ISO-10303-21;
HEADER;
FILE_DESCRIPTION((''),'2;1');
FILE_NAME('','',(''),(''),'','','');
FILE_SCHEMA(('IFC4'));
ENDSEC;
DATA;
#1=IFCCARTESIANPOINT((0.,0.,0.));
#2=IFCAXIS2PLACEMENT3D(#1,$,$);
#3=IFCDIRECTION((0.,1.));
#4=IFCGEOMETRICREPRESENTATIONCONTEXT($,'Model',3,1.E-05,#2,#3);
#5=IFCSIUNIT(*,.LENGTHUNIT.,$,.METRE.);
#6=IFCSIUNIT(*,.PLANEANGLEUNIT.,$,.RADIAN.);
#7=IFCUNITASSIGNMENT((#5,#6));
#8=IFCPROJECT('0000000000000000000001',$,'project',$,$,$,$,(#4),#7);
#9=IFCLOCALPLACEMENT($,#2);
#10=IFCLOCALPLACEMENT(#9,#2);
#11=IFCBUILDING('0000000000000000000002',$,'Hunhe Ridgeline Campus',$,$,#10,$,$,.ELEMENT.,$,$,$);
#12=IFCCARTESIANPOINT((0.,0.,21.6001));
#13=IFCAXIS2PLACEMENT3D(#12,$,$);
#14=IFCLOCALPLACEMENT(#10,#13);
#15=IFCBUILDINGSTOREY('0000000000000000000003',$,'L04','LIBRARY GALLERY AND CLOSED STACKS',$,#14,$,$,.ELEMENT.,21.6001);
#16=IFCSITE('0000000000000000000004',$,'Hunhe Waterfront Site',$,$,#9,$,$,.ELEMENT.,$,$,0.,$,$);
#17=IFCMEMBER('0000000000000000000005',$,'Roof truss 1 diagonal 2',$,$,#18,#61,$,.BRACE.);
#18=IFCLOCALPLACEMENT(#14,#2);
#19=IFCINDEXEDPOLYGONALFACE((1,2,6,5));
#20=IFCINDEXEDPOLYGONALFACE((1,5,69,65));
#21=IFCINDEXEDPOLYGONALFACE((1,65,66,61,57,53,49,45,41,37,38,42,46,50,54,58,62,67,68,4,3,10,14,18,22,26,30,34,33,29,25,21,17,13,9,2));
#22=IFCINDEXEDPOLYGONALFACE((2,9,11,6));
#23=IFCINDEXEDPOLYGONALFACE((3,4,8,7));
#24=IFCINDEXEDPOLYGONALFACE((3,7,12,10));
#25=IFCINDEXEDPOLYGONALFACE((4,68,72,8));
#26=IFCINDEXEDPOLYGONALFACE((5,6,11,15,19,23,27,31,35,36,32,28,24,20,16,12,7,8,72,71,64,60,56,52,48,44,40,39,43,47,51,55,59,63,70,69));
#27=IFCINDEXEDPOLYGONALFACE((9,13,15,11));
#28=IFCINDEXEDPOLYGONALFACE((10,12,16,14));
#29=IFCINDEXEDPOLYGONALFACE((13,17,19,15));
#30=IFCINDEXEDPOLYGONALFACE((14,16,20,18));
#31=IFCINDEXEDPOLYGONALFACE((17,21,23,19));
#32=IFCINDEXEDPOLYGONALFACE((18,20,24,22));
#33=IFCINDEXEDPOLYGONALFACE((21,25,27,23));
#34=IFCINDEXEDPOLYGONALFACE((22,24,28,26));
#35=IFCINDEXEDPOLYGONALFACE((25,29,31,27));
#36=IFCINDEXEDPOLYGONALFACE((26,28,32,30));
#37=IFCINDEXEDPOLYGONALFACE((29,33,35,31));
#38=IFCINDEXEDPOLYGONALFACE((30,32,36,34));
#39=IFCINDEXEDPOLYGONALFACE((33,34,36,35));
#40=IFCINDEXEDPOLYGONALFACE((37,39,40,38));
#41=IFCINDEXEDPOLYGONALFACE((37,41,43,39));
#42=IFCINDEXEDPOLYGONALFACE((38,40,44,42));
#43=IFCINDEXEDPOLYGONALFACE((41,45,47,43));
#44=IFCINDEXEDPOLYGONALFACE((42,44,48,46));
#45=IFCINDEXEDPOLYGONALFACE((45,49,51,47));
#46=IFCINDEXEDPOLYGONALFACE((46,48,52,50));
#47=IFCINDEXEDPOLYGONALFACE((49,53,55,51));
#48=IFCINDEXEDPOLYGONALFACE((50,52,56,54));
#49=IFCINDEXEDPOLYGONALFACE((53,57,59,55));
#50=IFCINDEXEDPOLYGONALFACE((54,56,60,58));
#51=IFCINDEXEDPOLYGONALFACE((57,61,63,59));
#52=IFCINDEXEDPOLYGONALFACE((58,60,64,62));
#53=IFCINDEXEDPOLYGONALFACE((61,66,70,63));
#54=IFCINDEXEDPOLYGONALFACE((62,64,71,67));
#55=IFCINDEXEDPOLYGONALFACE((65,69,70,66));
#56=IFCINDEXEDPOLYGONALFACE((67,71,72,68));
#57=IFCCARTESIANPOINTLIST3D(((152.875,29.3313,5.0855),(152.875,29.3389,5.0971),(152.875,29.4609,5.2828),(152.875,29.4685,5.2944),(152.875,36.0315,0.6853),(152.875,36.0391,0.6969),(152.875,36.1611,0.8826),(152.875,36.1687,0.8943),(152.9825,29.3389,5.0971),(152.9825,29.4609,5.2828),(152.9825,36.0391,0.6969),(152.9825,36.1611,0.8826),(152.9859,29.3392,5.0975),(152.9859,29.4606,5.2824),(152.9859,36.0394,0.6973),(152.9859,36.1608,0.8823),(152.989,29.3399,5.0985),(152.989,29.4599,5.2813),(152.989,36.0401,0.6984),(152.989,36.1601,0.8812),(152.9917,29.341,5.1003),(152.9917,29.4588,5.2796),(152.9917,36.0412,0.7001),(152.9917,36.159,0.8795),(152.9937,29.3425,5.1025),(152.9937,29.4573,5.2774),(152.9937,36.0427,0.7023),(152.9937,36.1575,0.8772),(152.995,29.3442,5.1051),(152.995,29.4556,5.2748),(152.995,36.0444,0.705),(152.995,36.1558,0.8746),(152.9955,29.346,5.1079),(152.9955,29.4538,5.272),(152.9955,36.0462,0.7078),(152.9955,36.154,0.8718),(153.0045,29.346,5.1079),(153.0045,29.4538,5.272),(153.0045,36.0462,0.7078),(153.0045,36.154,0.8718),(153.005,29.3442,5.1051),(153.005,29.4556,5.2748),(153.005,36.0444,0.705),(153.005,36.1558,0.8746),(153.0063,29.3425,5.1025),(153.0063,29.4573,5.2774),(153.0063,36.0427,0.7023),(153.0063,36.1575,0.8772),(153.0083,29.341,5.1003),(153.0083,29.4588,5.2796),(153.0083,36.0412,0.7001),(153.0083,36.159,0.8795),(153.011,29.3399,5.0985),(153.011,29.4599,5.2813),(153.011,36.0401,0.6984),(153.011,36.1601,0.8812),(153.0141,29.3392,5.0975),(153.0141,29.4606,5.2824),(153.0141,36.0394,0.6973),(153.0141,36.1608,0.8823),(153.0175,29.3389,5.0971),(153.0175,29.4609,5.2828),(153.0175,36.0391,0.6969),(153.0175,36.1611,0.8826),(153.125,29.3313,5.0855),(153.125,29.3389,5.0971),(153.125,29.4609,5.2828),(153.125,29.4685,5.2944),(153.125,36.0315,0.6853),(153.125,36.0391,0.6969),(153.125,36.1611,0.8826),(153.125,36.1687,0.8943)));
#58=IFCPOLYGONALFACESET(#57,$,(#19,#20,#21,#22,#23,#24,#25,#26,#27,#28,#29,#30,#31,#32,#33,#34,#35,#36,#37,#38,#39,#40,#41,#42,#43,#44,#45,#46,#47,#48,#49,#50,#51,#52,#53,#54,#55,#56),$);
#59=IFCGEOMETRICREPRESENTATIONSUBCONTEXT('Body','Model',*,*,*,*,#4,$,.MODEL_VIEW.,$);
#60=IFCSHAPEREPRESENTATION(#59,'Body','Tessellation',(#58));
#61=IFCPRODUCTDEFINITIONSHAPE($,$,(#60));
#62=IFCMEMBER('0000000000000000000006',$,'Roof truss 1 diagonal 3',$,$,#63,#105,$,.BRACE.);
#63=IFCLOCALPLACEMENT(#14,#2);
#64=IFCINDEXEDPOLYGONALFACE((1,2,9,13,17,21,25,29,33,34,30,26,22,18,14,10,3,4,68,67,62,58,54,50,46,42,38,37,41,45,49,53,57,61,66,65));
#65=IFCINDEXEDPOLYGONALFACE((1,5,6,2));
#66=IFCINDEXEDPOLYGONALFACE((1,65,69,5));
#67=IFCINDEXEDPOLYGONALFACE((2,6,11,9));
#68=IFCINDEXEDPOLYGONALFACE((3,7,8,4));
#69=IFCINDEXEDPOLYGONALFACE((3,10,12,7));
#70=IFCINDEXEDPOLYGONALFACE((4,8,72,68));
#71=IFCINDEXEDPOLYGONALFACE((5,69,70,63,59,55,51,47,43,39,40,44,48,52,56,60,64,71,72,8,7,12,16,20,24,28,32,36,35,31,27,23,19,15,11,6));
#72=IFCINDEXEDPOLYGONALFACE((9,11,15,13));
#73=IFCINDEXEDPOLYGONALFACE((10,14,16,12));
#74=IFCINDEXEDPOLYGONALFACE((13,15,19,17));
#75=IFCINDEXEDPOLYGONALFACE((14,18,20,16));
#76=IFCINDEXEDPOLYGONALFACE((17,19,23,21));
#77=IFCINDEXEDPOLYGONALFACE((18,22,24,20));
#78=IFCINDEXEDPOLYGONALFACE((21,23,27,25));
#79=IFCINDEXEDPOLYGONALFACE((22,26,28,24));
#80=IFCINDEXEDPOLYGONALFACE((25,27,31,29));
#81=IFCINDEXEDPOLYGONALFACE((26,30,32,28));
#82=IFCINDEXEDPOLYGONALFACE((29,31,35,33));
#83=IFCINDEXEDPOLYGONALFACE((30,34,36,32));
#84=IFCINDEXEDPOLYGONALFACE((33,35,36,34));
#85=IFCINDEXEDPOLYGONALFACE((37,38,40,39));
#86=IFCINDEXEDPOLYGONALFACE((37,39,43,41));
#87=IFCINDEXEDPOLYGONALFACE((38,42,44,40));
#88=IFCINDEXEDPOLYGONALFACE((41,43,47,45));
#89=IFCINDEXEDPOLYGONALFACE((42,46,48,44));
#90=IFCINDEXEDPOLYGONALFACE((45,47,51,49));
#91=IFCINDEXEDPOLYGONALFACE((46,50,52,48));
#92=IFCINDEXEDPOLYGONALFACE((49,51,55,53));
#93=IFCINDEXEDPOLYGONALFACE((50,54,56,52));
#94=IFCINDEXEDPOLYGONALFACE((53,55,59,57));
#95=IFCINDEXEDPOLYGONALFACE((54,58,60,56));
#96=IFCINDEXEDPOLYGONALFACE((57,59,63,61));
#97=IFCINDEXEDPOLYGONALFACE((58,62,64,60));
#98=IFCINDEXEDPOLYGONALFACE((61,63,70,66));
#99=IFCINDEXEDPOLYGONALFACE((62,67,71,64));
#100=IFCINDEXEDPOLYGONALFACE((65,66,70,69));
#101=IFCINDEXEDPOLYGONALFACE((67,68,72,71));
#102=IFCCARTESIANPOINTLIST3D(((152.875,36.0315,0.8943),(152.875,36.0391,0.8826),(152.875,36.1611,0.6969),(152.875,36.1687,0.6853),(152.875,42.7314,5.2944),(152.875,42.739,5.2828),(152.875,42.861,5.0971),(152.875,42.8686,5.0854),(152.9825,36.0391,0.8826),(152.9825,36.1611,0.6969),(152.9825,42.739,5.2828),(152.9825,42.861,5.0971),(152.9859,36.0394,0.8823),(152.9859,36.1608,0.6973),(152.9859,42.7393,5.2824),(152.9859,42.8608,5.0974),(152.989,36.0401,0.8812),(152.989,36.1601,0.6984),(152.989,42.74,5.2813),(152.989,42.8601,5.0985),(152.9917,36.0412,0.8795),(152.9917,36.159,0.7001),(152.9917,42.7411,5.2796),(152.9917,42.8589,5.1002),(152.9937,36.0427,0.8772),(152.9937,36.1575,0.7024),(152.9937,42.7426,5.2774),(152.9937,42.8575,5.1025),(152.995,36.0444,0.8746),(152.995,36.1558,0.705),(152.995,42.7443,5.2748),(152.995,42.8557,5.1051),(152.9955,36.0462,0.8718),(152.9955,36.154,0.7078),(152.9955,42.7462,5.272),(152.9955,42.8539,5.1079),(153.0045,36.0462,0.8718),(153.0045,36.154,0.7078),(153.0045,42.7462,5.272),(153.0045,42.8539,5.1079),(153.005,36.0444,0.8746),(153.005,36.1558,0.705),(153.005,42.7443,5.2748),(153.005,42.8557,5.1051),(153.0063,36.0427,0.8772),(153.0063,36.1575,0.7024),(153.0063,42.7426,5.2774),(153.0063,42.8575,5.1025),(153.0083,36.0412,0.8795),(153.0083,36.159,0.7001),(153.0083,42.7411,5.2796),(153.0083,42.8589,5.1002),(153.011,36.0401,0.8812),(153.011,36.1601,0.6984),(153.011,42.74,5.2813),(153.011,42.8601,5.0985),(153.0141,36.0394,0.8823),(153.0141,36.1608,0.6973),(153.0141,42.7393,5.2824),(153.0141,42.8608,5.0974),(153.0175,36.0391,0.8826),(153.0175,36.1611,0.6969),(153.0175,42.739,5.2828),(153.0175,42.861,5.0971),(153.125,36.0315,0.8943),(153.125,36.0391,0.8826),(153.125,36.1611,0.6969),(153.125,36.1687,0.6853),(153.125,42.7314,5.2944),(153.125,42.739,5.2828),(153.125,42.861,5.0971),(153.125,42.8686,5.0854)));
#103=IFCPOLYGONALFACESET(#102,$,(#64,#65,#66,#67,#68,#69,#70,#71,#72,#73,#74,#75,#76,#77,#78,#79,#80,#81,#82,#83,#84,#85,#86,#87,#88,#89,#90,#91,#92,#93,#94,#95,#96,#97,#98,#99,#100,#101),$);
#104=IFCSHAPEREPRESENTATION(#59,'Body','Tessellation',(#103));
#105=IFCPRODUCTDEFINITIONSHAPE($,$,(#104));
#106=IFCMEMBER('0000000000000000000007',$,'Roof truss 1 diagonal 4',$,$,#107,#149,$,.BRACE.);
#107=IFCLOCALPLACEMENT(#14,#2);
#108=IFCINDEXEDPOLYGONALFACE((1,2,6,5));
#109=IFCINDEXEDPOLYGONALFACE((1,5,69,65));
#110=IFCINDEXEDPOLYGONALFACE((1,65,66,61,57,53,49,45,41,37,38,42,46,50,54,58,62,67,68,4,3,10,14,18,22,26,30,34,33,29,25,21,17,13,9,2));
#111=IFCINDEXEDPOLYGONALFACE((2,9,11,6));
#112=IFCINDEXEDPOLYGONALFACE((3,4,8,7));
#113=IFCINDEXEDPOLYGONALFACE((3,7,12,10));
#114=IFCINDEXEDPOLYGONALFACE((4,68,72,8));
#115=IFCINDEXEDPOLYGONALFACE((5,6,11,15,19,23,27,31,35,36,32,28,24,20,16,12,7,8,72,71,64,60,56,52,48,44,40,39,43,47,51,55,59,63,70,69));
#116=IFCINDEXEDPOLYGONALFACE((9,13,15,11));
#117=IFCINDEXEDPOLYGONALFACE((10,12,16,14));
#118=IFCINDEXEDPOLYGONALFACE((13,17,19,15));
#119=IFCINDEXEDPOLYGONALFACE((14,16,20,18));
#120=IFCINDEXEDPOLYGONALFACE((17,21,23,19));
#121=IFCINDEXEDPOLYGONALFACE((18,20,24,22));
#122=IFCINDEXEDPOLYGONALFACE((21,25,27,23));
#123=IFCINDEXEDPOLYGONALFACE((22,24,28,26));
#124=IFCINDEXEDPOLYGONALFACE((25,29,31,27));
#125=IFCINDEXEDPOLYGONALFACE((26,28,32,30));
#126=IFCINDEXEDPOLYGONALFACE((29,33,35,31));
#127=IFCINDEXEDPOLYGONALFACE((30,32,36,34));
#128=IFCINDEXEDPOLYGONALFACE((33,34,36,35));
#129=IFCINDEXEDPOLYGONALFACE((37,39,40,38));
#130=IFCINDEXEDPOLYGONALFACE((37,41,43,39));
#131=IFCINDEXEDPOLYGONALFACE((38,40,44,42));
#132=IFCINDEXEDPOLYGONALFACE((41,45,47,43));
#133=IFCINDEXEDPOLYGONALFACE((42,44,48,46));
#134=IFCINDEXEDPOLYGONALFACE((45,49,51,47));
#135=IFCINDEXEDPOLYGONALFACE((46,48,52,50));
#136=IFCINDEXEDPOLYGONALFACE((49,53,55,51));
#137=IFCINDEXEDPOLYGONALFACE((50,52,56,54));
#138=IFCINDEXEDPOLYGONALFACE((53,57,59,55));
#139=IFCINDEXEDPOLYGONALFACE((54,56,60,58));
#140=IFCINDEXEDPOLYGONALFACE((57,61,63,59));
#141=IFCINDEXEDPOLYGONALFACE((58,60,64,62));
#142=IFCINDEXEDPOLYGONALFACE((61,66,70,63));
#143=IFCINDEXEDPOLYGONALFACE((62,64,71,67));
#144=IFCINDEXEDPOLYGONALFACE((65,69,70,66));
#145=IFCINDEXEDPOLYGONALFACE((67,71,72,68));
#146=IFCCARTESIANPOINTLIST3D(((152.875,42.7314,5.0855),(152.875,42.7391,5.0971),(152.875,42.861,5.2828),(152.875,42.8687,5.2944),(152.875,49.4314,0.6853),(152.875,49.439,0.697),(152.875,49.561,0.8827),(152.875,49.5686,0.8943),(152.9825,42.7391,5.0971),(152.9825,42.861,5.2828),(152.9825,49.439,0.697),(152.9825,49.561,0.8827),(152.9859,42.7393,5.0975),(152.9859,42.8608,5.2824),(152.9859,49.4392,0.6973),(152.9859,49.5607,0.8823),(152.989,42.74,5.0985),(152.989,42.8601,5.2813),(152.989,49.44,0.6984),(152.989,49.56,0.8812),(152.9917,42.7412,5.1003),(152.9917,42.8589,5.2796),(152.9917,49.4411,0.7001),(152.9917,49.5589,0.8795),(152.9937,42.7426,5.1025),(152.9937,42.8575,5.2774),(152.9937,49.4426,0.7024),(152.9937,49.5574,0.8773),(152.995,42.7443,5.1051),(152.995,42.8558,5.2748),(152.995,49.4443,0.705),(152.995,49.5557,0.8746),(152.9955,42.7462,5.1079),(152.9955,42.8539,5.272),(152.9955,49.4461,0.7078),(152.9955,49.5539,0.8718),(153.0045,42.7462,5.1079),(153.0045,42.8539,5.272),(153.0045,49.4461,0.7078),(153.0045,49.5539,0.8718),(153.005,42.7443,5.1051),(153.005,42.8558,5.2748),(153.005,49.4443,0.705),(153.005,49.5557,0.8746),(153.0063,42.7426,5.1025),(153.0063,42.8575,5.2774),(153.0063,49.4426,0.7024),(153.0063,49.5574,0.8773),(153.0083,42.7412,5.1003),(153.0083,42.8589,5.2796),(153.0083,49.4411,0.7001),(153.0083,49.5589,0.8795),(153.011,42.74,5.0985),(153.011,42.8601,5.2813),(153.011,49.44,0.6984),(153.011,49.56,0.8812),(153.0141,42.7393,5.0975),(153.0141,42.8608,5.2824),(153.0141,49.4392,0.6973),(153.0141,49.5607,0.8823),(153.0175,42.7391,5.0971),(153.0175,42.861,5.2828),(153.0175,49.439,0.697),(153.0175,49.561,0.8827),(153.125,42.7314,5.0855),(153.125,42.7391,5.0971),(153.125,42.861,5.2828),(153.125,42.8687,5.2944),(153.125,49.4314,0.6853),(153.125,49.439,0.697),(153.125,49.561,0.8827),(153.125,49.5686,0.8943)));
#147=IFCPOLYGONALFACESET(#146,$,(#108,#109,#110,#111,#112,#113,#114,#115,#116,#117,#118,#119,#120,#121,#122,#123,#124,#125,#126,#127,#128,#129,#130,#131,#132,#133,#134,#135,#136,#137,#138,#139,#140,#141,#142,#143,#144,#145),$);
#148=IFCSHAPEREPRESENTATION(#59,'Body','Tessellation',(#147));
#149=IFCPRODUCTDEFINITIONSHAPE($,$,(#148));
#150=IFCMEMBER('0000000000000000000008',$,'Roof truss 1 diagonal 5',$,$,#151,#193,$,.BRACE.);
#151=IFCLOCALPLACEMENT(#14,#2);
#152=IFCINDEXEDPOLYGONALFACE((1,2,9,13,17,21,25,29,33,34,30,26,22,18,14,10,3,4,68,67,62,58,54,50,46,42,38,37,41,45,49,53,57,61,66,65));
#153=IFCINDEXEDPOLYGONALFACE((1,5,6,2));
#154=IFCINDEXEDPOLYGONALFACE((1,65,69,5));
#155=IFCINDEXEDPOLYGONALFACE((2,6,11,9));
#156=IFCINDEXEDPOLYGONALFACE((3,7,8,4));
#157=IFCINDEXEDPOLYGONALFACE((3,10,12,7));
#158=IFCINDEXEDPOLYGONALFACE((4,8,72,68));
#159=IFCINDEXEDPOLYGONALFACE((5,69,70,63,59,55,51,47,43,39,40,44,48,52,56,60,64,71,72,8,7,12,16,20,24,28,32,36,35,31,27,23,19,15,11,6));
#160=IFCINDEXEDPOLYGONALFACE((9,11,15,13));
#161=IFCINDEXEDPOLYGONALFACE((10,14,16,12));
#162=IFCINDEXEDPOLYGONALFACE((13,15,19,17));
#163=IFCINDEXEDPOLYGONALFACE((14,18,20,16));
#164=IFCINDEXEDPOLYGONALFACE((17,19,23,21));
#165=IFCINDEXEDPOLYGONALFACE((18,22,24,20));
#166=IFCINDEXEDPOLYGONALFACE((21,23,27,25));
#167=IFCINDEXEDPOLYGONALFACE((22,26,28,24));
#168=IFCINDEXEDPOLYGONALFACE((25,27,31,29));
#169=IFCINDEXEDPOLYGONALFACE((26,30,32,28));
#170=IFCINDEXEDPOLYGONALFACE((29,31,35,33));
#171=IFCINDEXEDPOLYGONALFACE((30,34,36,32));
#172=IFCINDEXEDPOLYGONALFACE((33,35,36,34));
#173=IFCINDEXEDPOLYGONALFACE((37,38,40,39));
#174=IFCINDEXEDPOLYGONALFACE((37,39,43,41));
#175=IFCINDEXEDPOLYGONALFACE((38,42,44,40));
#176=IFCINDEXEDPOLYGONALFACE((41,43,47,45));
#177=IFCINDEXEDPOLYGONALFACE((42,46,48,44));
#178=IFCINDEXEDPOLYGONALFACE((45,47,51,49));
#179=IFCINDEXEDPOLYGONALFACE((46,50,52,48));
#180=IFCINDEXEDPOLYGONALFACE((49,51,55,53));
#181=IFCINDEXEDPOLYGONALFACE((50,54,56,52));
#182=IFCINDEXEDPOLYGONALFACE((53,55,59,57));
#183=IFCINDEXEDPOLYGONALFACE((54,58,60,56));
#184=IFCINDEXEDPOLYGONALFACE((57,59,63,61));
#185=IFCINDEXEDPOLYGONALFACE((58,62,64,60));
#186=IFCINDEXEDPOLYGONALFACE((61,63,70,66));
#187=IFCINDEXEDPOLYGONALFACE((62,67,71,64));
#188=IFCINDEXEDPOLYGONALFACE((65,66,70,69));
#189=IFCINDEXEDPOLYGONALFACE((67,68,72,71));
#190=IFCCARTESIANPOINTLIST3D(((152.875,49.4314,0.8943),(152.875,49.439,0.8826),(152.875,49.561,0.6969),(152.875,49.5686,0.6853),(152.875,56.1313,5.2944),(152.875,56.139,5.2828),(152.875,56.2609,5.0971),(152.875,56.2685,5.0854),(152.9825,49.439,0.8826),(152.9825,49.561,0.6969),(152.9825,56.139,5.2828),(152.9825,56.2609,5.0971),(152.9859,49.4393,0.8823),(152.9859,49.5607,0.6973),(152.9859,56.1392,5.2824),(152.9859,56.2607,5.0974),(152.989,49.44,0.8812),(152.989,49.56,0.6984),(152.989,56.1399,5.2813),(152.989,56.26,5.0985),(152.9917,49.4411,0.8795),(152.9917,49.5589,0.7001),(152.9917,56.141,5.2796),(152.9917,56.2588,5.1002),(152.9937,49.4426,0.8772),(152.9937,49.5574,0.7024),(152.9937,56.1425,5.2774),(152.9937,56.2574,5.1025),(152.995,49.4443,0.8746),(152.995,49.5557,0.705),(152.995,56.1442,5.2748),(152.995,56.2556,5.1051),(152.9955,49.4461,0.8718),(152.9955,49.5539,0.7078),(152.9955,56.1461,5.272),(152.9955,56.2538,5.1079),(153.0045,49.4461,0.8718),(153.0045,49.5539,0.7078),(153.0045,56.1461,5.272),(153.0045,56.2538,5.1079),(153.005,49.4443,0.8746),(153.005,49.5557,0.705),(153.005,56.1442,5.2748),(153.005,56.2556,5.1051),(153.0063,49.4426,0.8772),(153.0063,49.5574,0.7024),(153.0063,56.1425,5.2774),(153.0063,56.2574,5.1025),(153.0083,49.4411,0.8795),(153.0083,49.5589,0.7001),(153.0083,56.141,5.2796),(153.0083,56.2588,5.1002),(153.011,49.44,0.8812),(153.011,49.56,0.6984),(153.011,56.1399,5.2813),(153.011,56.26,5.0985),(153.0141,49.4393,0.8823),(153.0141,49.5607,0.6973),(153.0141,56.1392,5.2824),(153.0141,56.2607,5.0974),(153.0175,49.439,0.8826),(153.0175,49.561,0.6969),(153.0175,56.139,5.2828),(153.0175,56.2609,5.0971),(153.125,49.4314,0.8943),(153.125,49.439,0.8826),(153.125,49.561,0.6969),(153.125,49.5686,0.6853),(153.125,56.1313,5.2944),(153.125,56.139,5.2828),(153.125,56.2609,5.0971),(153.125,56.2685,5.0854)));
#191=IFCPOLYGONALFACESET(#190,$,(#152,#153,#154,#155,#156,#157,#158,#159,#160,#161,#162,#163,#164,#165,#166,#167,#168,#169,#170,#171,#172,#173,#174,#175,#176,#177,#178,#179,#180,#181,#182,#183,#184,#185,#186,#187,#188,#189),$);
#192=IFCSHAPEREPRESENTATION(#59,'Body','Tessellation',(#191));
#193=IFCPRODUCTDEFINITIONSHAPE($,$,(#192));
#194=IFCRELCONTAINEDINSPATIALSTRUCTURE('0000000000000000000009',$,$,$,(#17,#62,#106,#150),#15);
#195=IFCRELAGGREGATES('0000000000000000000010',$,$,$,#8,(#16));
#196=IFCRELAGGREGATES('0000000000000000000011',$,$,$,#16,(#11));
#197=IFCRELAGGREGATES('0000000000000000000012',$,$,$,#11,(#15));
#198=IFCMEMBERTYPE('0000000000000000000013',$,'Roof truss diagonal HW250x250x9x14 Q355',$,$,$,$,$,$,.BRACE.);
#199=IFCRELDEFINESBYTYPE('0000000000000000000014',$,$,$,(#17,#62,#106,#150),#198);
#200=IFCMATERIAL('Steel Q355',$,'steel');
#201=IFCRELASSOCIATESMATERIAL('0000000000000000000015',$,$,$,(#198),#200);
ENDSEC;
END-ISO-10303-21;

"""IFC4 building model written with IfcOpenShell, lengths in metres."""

from ifc_helpers import new_model, si_unit, direction, frame, origin, origin_2d, place, context, subcontext, project, spatial, i_section, extrude, material, material_profile, profile_set, type_object, element, save


model = new_model("IFC4")

# Units and contexts
model_context = context("Model", 3, precision=1e-05, world=origin(), true_north=direction((0.0, 1.0)))
body_context = subcontext(model_context, "Body", "Model", "MODEL_VIEW")
ifc_project = project(units=[si_unit("LENGTHUNIT", "METRE"), si_unit("PLANEANGLEUNIT", "RADIAN")], contexts=[model_context])

# Site, building, storey
site_placement = place(None, origin())
site = spatial("IfcSite", under=ifc_project, at=site_placement, Name="Hunhe Waterfront Site", CompositionType="ELEMENT", RefElevation=0.0)
building_placement = place(site_placement, origin())
building = spatial("IfcBuilding", under=site, at=building_placement, Name="Hunhe Ridgeline Campus", CompositionType="ELEMENT")
storey_placement = place(building_placement, frame((0.0, 0.0, 21.6001)))
storey = spatial("IfcBuildingStorey", under=building, at=storey_placement, Name="L04", Description="LIBRARY GALLERY AND CLOSED STACKS", CompositionType="ELEMENT", Elevation=21.6001)

# Members
ifc_material_1 = material(Name="Steel Q355", Category="steel")
ifc_material_profile_1 = material_profile(ifc_material_1, i_section(OverallWidth=0.25, OverallDepth=0.25, WebThickness=0.009, FlangeThickness=0.0139, FilletRadius=0.0129, at=origin_2d()))
ifc_profile_set_1 = profile_set([ifc_material_profile_1], Name="Steel Q355")
member_type_1 = type_object("IfcMemberType", Name="Roof truss diagonal HW250x250x9x14 Q355", PredefinedType="BRACE", material=ifc_profile_set_1)
member_1_placement = place(storey_placement, frame((153.0, 29.3999, 5.1899), z_axis=(0.0, 0.835868, -0.548931), x_axis=(-1.0, 0.0, 0.0)))
element("IfcMember", 1, at=member_1_placement, inside=storey, type_object=member_type_1, Name="Roof truss 1 diagonal 2", PredefinedType="BRACE", context=body_context, shape_type="SweptSolid", body=[
    extrude(i_section(OverallWidth=0.25, OverallDepth=0.25, WebThickness=0.009, FlangeThickness=0.0139, FilletRadius=0.0129, at=origin_2d()), origin(), (0.0, 0.0, 1.0), 8.0159),
])
for number, where, z_axis, x_axis, name in (
    (2, (153.0, 36.1001, 0.7898), (0.0, 0.835859, 0.548944), (-1.0, 0.0, 0.0), "Roof truss 1 diagonal 3"),
    (3, (153.0, 42.8, 5.1899), (0.0, 0.835859, -0.548944), (-1.0, 0.0, 0.0), "Roof truss 1 diagonal 4"),
    (4, (153.0, 49.5, 0.7898), (0.0, 0.835859, 0.548944), (-1.0, 0.0, 0.0), "Roof truss 1 diagonal 5"),
):
    element("IfcMember", number, at=place(storey_placement, frame(where, z_axis=z_axis, x_axis=x_axis)), inside=storey, type_object=member_type_1, Name=name, PredefinedType="BRACE", context=body_context, shape_type="SweptSolid", body=[
        extrude(i_section(OverallWidth=0.25, OverallDepth=0.25, WebThickness=0.009, FlangeThickness=0.0139, FilletRadius=0.0129, at=origin_2d()), origin(), (0.0, 0.0, 1.0), 8.0156),
    ])

save(model, "model.ifc")
